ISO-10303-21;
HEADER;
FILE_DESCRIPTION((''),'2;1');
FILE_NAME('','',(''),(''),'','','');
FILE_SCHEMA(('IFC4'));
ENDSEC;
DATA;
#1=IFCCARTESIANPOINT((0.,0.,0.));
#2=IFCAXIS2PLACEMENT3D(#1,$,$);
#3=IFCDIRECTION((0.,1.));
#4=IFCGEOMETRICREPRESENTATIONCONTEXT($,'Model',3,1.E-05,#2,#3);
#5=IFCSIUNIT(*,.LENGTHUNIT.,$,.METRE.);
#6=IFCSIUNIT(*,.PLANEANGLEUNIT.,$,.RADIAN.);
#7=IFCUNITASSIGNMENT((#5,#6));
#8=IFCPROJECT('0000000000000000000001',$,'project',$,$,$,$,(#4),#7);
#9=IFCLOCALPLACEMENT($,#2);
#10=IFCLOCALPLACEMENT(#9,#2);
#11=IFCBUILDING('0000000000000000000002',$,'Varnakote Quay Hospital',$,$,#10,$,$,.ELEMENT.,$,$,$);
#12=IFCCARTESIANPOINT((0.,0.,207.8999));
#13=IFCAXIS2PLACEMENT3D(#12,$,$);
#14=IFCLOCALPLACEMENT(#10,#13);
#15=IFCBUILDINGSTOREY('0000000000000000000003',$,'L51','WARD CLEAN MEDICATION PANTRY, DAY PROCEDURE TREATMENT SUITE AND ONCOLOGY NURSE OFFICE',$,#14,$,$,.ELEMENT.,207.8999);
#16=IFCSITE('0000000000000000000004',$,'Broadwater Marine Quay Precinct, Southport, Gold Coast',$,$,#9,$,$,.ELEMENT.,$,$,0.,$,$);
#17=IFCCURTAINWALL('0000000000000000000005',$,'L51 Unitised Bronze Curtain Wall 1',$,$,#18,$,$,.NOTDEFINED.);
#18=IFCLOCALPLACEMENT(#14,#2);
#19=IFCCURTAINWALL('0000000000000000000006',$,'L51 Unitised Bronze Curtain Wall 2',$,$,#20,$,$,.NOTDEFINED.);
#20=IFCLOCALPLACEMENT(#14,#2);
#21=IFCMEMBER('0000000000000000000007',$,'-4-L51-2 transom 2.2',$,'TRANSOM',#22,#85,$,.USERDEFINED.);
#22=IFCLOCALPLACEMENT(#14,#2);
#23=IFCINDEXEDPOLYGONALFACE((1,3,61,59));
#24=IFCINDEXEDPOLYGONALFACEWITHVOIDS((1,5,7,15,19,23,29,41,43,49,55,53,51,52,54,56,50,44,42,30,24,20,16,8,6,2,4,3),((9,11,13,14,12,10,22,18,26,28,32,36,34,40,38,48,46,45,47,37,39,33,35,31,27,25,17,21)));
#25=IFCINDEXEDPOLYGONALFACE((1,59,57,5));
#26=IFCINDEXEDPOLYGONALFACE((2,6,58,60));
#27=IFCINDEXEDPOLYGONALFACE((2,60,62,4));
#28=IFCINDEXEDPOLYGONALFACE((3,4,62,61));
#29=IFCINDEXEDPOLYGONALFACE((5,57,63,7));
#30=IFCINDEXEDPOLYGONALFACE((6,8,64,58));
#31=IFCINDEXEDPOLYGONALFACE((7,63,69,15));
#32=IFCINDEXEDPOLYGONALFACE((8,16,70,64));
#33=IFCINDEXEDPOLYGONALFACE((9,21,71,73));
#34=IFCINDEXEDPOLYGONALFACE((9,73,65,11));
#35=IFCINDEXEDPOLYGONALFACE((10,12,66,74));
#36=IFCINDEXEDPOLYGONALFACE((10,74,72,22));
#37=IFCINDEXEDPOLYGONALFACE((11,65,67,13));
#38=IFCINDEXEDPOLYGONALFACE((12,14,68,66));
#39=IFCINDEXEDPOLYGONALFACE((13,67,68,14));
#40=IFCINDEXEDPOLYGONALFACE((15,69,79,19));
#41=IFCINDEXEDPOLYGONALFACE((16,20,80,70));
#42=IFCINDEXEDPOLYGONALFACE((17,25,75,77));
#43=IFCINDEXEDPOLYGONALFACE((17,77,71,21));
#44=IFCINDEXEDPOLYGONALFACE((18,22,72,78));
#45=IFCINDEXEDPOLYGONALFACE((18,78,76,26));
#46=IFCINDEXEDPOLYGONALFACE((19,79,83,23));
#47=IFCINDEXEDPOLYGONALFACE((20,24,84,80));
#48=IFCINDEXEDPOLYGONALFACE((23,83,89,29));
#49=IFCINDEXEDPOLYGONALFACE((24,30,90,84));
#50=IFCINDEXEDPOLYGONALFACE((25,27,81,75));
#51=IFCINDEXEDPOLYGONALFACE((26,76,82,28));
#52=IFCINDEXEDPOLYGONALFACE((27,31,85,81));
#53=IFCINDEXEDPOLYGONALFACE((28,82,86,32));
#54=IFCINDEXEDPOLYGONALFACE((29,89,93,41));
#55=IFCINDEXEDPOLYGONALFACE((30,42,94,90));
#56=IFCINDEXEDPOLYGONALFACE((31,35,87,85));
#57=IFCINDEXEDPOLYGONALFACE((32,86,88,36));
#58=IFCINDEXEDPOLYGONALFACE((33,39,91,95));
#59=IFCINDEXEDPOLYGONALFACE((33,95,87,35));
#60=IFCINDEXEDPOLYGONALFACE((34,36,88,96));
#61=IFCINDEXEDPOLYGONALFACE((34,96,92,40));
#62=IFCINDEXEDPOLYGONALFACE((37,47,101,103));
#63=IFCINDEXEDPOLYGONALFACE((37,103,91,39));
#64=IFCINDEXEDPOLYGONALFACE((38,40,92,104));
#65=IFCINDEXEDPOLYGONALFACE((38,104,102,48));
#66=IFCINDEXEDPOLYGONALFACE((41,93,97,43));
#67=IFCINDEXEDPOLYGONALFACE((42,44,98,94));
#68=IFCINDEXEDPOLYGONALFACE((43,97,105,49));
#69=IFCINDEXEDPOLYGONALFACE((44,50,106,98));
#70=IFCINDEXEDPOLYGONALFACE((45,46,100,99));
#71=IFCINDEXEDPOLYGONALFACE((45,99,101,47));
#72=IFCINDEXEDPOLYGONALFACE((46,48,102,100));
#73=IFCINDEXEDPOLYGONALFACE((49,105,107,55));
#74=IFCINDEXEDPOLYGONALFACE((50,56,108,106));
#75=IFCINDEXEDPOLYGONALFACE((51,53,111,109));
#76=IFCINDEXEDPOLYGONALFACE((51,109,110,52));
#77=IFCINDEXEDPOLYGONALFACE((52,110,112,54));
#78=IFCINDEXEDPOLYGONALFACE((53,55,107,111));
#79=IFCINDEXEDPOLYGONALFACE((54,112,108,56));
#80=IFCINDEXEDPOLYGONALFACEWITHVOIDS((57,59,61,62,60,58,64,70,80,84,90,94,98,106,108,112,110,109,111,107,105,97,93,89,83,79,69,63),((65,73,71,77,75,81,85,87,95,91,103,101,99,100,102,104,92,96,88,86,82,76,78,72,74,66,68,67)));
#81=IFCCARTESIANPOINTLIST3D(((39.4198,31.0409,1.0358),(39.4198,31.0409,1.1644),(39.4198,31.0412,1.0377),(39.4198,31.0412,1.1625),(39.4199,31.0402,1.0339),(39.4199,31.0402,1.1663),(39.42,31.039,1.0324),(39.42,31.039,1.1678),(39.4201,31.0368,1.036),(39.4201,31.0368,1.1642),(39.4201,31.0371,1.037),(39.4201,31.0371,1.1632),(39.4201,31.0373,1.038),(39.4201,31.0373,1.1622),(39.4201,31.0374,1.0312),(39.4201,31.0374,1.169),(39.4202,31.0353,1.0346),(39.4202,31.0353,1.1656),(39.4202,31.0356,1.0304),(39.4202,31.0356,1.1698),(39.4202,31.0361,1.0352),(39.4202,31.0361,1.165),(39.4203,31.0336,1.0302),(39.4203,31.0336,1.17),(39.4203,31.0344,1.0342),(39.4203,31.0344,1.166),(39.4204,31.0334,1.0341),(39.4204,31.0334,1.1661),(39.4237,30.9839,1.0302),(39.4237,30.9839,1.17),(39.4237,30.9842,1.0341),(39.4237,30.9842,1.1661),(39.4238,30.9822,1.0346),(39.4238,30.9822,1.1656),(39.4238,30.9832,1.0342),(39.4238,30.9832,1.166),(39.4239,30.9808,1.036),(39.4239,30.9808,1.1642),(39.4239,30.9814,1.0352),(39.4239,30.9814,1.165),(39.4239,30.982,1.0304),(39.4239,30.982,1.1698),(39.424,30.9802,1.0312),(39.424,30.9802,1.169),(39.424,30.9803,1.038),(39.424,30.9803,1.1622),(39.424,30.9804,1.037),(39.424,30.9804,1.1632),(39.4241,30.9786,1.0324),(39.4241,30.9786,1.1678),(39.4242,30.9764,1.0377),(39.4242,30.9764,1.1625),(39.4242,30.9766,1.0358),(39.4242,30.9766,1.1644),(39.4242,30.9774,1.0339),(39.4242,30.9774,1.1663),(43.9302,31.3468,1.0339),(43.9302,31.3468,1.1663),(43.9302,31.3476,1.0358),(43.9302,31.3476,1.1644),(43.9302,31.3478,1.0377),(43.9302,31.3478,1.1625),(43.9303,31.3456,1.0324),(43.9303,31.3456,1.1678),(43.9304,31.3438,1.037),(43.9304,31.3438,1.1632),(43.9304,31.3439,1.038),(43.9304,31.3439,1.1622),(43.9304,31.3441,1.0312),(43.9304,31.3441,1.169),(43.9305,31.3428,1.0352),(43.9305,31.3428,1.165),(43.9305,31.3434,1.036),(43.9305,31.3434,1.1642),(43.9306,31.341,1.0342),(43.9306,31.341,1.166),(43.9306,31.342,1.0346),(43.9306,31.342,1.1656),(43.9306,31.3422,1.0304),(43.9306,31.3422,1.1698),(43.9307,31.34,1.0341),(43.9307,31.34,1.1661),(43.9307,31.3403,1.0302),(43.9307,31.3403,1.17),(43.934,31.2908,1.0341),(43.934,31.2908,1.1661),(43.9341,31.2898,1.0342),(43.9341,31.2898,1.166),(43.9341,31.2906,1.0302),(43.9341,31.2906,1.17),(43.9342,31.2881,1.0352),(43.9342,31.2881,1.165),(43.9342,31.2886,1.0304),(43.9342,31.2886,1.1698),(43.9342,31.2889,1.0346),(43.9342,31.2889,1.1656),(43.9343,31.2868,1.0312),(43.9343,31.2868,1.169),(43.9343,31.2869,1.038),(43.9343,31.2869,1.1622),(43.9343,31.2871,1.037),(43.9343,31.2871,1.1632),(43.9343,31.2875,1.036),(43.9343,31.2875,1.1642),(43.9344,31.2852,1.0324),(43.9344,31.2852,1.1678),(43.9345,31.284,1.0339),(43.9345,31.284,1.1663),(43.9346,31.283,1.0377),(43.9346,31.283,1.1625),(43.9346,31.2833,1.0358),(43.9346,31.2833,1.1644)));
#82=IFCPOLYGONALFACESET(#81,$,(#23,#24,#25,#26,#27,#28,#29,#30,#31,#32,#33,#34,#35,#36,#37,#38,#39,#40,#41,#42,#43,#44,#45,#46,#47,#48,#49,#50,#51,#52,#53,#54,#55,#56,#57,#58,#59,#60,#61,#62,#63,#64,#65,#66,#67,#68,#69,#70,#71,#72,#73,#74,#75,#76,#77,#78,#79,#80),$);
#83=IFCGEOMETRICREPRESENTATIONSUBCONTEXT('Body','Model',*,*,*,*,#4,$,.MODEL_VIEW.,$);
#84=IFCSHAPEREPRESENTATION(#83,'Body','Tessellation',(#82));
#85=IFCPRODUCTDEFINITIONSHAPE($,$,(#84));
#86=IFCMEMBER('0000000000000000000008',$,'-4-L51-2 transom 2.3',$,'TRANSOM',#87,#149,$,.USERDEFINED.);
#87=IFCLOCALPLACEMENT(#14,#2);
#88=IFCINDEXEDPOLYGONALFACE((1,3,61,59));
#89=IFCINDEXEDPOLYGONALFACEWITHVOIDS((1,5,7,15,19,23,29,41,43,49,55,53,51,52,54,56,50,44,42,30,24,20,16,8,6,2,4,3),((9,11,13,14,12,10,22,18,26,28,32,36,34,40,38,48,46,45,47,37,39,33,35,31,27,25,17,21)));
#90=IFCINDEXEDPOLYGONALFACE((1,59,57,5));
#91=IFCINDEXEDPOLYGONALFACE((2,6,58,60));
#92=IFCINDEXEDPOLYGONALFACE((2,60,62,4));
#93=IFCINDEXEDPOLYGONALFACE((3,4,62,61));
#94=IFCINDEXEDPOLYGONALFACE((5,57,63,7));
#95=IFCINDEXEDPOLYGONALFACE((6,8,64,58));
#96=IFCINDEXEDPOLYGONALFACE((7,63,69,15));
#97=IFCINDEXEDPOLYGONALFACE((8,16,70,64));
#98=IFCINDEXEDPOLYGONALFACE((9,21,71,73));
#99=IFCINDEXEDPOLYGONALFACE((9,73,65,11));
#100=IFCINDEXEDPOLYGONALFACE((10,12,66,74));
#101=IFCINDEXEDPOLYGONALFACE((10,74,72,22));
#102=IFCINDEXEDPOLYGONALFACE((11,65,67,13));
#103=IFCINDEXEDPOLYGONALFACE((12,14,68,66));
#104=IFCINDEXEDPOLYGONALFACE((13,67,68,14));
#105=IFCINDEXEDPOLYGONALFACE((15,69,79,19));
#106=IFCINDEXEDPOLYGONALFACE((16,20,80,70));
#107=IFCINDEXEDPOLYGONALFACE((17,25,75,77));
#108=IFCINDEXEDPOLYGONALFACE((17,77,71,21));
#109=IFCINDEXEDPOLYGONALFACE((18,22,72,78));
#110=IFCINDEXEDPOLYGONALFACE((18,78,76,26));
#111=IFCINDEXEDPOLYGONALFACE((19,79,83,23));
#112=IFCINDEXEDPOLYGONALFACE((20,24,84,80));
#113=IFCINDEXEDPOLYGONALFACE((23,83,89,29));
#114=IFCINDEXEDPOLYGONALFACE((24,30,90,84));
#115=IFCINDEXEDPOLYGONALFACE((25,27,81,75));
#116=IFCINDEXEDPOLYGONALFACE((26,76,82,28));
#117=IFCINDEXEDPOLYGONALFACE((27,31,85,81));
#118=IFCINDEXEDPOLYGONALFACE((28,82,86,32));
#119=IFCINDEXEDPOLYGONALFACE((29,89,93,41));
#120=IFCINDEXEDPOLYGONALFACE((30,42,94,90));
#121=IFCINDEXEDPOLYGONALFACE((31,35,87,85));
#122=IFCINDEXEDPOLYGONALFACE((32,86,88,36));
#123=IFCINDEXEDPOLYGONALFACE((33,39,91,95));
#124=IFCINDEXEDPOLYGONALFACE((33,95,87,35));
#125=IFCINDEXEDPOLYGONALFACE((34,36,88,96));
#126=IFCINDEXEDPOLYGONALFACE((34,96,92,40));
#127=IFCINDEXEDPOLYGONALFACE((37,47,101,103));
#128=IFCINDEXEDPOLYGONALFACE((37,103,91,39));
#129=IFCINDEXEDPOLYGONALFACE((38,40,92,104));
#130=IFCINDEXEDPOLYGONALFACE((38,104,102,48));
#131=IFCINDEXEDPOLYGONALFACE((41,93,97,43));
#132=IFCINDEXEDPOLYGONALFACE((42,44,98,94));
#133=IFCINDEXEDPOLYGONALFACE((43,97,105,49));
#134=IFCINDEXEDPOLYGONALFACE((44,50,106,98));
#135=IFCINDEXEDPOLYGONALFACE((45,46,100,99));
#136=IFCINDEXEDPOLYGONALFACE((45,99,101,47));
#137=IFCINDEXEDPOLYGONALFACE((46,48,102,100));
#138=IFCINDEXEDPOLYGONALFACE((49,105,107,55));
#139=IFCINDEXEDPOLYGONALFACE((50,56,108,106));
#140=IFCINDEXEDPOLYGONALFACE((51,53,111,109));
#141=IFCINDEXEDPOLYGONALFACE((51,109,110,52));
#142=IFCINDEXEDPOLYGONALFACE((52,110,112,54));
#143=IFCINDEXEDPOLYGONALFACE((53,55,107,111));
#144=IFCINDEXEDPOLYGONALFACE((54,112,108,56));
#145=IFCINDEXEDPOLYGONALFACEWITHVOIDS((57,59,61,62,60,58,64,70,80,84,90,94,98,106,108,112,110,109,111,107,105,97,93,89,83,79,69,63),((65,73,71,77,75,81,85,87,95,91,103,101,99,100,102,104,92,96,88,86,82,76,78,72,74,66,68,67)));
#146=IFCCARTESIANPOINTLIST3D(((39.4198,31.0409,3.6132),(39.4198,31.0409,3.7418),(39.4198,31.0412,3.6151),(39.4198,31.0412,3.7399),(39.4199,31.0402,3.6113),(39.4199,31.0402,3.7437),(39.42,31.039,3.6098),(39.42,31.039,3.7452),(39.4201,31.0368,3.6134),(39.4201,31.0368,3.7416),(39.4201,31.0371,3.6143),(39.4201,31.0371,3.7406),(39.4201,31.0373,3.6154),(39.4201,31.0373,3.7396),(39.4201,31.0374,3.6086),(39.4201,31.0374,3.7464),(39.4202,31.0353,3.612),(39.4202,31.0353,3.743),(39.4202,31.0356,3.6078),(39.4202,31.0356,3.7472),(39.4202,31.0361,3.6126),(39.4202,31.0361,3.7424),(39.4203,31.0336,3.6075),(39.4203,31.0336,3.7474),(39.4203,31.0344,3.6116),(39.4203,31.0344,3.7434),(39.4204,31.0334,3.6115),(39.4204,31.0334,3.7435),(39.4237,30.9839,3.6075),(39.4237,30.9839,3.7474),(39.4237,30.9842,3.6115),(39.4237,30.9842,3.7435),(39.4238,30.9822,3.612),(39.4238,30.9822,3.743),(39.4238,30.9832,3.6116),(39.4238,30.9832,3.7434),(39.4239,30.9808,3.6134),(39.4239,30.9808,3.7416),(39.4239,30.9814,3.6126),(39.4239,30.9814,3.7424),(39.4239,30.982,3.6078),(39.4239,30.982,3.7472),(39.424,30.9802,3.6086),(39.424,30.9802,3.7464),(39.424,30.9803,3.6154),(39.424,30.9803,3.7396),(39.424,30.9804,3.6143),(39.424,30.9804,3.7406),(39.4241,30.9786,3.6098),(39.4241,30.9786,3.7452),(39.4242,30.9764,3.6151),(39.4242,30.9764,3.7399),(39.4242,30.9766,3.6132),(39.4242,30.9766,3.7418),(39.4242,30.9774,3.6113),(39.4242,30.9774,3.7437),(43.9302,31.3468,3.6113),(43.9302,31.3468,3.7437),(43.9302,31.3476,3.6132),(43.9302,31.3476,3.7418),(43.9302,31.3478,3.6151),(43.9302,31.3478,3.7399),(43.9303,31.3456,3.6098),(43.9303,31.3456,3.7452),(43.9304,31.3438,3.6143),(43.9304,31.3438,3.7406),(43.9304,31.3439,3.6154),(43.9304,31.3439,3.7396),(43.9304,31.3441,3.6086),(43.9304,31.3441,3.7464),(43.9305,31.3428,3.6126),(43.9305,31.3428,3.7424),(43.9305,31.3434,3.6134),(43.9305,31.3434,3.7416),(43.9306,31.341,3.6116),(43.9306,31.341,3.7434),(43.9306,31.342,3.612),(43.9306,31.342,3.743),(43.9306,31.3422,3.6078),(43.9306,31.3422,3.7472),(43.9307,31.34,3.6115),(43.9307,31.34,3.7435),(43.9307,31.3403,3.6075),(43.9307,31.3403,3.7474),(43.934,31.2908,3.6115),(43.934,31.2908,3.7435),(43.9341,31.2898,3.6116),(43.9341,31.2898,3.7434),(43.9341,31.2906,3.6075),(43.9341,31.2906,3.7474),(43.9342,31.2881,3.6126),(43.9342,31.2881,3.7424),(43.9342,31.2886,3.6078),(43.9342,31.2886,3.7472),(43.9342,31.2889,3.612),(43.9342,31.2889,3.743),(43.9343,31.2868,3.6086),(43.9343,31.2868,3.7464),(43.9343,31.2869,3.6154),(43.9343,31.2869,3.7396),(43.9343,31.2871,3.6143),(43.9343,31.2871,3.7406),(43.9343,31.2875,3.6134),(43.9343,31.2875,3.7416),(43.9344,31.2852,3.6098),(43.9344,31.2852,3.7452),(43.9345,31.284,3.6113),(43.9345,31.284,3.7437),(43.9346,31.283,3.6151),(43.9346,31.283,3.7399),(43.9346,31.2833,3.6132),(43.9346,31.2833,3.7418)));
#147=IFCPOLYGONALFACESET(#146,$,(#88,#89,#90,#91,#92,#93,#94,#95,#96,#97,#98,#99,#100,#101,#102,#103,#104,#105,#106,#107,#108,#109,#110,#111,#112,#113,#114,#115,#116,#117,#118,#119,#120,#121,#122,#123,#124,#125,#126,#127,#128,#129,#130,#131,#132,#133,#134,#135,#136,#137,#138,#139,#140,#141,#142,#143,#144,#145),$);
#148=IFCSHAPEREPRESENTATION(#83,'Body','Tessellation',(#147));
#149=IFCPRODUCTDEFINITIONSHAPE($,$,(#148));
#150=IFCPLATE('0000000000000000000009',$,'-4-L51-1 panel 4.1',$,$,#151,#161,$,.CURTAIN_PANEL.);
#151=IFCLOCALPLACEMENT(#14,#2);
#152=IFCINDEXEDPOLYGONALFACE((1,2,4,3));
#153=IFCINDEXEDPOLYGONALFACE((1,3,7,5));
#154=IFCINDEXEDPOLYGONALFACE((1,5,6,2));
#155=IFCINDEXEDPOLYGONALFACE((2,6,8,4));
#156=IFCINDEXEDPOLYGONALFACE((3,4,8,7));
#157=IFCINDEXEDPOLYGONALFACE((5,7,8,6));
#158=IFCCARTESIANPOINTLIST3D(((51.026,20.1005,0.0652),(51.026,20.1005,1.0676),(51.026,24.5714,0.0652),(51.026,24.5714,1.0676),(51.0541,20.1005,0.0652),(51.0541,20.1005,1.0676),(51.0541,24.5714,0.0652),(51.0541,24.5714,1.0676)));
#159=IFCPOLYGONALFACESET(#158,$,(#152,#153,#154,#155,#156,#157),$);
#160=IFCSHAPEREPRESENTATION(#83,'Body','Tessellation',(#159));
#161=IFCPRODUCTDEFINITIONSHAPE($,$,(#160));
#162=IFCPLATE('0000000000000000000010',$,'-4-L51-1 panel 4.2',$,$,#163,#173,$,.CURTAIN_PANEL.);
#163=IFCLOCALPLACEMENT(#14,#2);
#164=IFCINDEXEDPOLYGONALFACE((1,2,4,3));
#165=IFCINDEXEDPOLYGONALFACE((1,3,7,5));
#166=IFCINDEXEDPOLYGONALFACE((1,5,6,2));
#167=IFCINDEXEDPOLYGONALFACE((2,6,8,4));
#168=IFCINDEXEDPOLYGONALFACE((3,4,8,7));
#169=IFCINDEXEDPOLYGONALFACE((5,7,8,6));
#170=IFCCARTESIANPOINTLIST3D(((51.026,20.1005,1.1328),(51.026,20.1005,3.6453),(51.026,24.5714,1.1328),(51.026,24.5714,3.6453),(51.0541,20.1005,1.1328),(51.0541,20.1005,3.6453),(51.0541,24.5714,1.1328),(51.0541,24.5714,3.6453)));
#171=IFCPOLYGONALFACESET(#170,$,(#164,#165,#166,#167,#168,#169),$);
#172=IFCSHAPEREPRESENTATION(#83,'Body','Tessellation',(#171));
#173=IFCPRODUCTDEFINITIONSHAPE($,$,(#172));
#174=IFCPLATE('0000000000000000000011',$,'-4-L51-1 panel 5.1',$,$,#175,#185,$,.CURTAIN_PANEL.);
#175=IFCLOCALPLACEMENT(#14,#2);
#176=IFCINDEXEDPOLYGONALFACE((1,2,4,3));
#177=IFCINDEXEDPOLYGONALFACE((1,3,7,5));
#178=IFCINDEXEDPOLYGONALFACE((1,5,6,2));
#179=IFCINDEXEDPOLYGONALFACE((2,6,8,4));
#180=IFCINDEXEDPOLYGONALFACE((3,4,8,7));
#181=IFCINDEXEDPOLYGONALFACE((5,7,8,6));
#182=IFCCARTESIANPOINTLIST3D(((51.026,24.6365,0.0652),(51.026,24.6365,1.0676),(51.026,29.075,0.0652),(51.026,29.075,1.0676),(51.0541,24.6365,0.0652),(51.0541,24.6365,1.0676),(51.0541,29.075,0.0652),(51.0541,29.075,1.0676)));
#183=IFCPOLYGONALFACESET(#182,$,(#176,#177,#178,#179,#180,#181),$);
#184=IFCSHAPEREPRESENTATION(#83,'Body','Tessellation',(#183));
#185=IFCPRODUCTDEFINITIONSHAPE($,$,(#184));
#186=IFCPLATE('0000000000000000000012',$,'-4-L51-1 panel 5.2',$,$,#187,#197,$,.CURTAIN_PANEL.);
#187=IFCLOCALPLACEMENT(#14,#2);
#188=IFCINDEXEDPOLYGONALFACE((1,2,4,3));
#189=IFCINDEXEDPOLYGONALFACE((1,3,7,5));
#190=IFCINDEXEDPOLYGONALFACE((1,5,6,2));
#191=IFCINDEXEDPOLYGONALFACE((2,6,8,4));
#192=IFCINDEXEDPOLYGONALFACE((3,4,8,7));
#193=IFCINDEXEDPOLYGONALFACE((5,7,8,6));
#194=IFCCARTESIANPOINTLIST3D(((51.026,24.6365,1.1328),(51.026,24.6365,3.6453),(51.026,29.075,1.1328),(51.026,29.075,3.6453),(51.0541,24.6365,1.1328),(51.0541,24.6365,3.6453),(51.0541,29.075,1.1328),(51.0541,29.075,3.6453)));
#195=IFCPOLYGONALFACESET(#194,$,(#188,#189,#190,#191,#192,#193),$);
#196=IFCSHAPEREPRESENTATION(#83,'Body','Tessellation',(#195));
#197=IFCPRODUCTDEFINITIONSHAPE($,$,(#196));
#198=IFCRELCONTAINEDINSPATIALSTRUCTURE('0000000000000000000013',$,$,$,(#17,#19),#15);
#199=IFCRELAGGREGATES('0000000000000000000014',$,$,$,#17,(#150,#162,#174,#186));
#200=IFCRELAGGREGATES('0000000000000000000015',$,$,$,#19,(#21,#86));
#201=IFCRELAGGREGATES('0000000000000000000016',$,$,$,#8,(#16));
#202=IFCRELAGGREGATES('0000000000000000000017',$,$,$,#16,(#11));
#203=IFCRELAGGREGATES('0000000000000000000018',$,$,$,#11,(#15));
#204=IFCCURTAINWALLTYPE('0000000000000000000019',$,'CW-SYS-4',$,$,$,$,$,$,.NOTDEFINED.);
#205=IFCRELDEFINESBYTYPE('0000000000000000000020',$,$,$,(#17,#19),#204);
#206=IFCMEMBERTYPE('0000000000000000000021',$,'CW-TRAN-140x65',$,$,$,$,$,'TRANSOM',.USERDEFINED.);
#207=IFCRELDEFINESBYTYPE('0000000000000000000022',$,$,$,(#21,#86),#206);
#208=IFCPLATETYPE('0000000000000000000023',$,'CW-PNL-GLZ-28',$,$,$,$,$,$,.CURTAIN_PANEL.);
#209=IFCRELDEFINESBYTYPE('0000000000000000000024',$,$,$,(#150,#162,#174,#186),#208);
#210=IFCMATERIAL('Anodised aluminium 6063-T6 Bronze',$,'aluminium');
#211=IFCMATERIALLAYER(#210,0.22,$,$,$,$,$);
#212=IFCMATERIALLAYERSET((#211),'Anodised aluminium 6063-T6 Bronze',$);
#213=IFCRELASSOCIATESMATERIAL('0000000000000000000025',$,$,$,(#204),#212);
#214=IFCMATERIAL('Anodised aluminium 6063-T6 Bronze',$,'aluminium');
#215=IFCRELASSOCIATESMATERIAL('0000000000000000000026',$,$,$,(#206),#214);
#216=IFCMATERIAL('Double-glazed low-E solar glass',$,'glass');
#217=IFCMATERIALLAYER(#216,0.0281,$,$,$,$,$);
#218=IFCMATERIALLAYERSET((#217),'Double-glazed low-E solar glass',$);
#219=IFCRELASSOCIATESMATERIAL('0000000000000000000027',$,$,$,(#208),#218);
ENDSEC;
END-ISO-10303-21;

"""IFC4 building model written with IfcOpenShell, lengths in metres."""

from ifc_helpers import new_model, si_unit, direction, frame, origin, origin_2d, place, context, subcontext, project, spatial, rectangle, hollow_rectangle, extrude, material, layer, layer_set, material_profile, profile_set, type_object, element, aggregate, save


model = new_model("IFC4")

# Units and contexts
model_context = context("Model", 3, precision=1e-05, world=origin(), true_north=direction((0.0, 1.0)))
body_context = subcontext(model_context, "Body", "Model", "MODEL_VIEW")
ifc_project = project(units=[si_unit("LENGTHUNIT", "METRE"), si_unit("PLANEANGLEUNIT", "RADIAN")], contexts=[model_context])

# Site, building, storey
site_placement = place(None, origin())
site = spatial("IfcSite", under=ifc_project, at=site_placement, Name="Broadwater Marine Quay Precinct, Southport, Gold Coast", CompositionType="ELEMENT", RefElevation=0.0)
building_placement = place(site_placement, origin())
building = spatial("IfcBuilding", under=site, at=building_placement, Name="Varnakote Quay Hospital", CompositionType="ELEMENT")
storey_placement = place(building_placement, frame((0.0, 0.0, 207.8999)))
storey = spatial("IfcBuildingStorey", under=building, at=storey_placement, Name="L51", Description="WARD CLEAN MEDICATION PANTRY, DAY PROCEDURE TREATMENT SUITE AND ONCOLOGY NURSE OFFICE", CompositionType="ELEMENT", Elevation=207.8999)

# Curtain walls
ifc_material_1 = material(Name="Anodised aluminium 6063-T6 Bronze", Category="aluminium")
ifc_layer_1 = layer(ifc_material_1, 0.22)
ifc_layer_set_1 = layer_set([ifc_layer_1], Name="Anodised aluminium 6063-T6 Bronze")
curtain_wall_type = type_object("IfcCurtainWallType", Name="CW-SYS-4", PredefinedType="NOTDEFINED", material=ifc_layer_set_1)
curtain_wall_1_placement = place(storey_placement, origin())
curtain_wall_1 = element("IfcCurtainWall", 1, at=curtain_wall_1_placement, inside=storey, type_object=curtain_wall_type, Name="L51 Unitised Bronze Curtain Wall 1", PredefinedType="NOTDEFINED")
curtain_wall_2_placement = place(storey_placement, origin())
curtain_wall_2 = element("IfcCurtainWall", 2, at=curtain_wall_2_placement, inside=storey, type_object=curtain_wall_type, Name="L51 Unitised Bronze Curtain Wall 2", PredefinedType="NOTDEFINED")

# Members
ifc_material_2 = material(Name="Anodised aluminium 6063-T6 Bronze", Category="aluminium")
ifc_material_profile_1 = material_profile(ifc_material_2, hollow_rectangle(XDim=0.0649, YDim=0.1399, WallThickness=0.0039, InnerFilletRadius=0.0039, OuterFilletRadius=0.0076, at=origin_2d()), Name="CW-TRAN-140x65")
ifc_profile_set_1 = profile_set([ifc_material_profile_1], Name="Anodised aluminium 6063-T6 Bronze")
member_type_1 = type_object("IfcMemberType", Name="CW-TRAN-140x65", ElementType="TRANSOM", PredefinedType="USERDEFINED", material=ifc_profile_set_1)
member_1_placement = place(storey_placement, frame((43.9324, 31.3154, 1.1001), z_axis=(-0.997697, -0.067831, 0.0), x_axis=(0.067831, -0.997697, 0.0)))
member_1 = element("IfcMember", 3, at=member_1_placement, type_object=member_type_1, Name="-4-L51-2 transom 2.2", ObjectType="TRANSOM", PredefinedType="USERDEFINED", context=body_context, shape_type="SweptSolid", body=[
    extrude(hollow_rectangle(XDim=0.0649, YDim=0.1399, WallThickness=0.0039, InnerFilletRadius=0.0039, OuterFilletRadius=0.0076, at=origin_2d()), origin(), (0.0, 0.0, 1.0), 4.5208),
])
member_2_placement = place(storey_placement, frame((43.9324, 31.3154, 3.6775), z_axis=(-0.997697, -0.067831, 0.0), x_axis=(0.067831, -0.997697, 0.0)))
member_2 = element("IfcMember", 4, at=member_2_placement, type_object=member_type_1, Name="-4-L51-2 transom 2.3", ObjectType="TRANSOM", PredefinedType="USERDEFINED", context=body_context, shape_type="SweptSolid", body=[
    extrude(hollow_rectangle(XDim=0.0649, YDim=0.1399, WallThickness=0.0039, InnerFilletRadius=0.0039, OuterFilletRadius=0.0076, at=origin_2d()), origin(), (0.0, 0.0, 1.0), 4.5208),
])

# Plates
ifc_material_3 = material(Name="Double-glazed low-E solar glass", Category="glass")
ifc_layer_2 = layer(ifc_material_3, 0.0281)
ifc_layer_set_2 = layer_set([ifc_layer_2], Name="Double-glazed low-E solar glass")
plate_type = type_object("IfcPlateType", Name="CW-PNL-GLZ-28", PredefinedType="CURTAIN_PANEL", material=ifc_layer_set_2)
plate_1_placement = place(storey_placement, frame((51.04, 22.3359, 0.0652), z_axis=(0.0, 0.0, 1.0), x_axis=(0.0, 1.0, 0.0)))
plate_1 = element("IfcPlate", 5, at=plate_1_placement, type_object=plate_type, Name="-4-L51-1 panel 4.1", PredefinedType="CURTAIN_PANEL", context=body_context, shape_type="SweptSolid", body=[
    extrude(rectangle(XDim=4.4709, YDim=0.0281, at=origin_2d()), origin(), (0.0, 0.0, 1.0), 1.0024),
])
plate_2_placement = place(storey_placement, frame((51.04, 22.3359, 1.1328), z_axis=(0.0, 0.0, 1.0), x_axis=(0.0, 1.0, 0.0)))
plate_2 = element("IfcPlate", 6, at=plate_2_placement, type_object=plate_type, Name="-4-L51-1 panel 4.2", PredefinedType="CURTAIN_PANEL", context=body_context, shape_type="SweptSolid", body=[
    extrude(rectangle(XDim=4.4709, YDim=0.0281, at=origin_2d()), origin(), (0.0, 0.0, 1.0), 2.5125),
])
plate_3_placement = place(storey_placement, frame((51.04, 26.8557, 0.0652), z_axis=(0.0, 0.0, 1.0), x_axis=(0.0, 1.0, 0.0)))
plate_3 = element("IfcPlate", 7, at=plate_3_placement, type_object=plate_type, Name="-4-L51-1 panel 5.1", PredefinedType="CURTAIN_PANEL", context=body_context, shape_type="SweptSolid", body=[
    extrude(rectangle(XDim=4.4385, YDim=0.0281, at=origin_2d()), origin(), (0.0, 0.0, 1.0), 1.0024),
])
plate_4_placement = place(storey_placement, frame((51.04, 26.8557, 1.1328), z_axis=(0.0, 0.0, 1.0), x_axis=(0.0, 1.0, 0.0)))
plate_4 = element("IfcPlate", 8, at=plate_4_placement, type_object=plate_type, Name="-4-L51-1 panel 5.2", PredefinedType="CURTAIN_PANEL", context=body_context, shape_type="SweptSolid", body=[
    extrude(rectangle(XDim=4.4385, YDim=0.0281, at=origin_2d()), origin(), (0.0, 0.0, 1.0), 2.5125),
])
aggregate(curtain_wall_1, [plate_1, plate_2, plate_3, plate_4])
aggregate(curtain_wall_2, [member_1, member_2])

save(model, "model.ifc")
